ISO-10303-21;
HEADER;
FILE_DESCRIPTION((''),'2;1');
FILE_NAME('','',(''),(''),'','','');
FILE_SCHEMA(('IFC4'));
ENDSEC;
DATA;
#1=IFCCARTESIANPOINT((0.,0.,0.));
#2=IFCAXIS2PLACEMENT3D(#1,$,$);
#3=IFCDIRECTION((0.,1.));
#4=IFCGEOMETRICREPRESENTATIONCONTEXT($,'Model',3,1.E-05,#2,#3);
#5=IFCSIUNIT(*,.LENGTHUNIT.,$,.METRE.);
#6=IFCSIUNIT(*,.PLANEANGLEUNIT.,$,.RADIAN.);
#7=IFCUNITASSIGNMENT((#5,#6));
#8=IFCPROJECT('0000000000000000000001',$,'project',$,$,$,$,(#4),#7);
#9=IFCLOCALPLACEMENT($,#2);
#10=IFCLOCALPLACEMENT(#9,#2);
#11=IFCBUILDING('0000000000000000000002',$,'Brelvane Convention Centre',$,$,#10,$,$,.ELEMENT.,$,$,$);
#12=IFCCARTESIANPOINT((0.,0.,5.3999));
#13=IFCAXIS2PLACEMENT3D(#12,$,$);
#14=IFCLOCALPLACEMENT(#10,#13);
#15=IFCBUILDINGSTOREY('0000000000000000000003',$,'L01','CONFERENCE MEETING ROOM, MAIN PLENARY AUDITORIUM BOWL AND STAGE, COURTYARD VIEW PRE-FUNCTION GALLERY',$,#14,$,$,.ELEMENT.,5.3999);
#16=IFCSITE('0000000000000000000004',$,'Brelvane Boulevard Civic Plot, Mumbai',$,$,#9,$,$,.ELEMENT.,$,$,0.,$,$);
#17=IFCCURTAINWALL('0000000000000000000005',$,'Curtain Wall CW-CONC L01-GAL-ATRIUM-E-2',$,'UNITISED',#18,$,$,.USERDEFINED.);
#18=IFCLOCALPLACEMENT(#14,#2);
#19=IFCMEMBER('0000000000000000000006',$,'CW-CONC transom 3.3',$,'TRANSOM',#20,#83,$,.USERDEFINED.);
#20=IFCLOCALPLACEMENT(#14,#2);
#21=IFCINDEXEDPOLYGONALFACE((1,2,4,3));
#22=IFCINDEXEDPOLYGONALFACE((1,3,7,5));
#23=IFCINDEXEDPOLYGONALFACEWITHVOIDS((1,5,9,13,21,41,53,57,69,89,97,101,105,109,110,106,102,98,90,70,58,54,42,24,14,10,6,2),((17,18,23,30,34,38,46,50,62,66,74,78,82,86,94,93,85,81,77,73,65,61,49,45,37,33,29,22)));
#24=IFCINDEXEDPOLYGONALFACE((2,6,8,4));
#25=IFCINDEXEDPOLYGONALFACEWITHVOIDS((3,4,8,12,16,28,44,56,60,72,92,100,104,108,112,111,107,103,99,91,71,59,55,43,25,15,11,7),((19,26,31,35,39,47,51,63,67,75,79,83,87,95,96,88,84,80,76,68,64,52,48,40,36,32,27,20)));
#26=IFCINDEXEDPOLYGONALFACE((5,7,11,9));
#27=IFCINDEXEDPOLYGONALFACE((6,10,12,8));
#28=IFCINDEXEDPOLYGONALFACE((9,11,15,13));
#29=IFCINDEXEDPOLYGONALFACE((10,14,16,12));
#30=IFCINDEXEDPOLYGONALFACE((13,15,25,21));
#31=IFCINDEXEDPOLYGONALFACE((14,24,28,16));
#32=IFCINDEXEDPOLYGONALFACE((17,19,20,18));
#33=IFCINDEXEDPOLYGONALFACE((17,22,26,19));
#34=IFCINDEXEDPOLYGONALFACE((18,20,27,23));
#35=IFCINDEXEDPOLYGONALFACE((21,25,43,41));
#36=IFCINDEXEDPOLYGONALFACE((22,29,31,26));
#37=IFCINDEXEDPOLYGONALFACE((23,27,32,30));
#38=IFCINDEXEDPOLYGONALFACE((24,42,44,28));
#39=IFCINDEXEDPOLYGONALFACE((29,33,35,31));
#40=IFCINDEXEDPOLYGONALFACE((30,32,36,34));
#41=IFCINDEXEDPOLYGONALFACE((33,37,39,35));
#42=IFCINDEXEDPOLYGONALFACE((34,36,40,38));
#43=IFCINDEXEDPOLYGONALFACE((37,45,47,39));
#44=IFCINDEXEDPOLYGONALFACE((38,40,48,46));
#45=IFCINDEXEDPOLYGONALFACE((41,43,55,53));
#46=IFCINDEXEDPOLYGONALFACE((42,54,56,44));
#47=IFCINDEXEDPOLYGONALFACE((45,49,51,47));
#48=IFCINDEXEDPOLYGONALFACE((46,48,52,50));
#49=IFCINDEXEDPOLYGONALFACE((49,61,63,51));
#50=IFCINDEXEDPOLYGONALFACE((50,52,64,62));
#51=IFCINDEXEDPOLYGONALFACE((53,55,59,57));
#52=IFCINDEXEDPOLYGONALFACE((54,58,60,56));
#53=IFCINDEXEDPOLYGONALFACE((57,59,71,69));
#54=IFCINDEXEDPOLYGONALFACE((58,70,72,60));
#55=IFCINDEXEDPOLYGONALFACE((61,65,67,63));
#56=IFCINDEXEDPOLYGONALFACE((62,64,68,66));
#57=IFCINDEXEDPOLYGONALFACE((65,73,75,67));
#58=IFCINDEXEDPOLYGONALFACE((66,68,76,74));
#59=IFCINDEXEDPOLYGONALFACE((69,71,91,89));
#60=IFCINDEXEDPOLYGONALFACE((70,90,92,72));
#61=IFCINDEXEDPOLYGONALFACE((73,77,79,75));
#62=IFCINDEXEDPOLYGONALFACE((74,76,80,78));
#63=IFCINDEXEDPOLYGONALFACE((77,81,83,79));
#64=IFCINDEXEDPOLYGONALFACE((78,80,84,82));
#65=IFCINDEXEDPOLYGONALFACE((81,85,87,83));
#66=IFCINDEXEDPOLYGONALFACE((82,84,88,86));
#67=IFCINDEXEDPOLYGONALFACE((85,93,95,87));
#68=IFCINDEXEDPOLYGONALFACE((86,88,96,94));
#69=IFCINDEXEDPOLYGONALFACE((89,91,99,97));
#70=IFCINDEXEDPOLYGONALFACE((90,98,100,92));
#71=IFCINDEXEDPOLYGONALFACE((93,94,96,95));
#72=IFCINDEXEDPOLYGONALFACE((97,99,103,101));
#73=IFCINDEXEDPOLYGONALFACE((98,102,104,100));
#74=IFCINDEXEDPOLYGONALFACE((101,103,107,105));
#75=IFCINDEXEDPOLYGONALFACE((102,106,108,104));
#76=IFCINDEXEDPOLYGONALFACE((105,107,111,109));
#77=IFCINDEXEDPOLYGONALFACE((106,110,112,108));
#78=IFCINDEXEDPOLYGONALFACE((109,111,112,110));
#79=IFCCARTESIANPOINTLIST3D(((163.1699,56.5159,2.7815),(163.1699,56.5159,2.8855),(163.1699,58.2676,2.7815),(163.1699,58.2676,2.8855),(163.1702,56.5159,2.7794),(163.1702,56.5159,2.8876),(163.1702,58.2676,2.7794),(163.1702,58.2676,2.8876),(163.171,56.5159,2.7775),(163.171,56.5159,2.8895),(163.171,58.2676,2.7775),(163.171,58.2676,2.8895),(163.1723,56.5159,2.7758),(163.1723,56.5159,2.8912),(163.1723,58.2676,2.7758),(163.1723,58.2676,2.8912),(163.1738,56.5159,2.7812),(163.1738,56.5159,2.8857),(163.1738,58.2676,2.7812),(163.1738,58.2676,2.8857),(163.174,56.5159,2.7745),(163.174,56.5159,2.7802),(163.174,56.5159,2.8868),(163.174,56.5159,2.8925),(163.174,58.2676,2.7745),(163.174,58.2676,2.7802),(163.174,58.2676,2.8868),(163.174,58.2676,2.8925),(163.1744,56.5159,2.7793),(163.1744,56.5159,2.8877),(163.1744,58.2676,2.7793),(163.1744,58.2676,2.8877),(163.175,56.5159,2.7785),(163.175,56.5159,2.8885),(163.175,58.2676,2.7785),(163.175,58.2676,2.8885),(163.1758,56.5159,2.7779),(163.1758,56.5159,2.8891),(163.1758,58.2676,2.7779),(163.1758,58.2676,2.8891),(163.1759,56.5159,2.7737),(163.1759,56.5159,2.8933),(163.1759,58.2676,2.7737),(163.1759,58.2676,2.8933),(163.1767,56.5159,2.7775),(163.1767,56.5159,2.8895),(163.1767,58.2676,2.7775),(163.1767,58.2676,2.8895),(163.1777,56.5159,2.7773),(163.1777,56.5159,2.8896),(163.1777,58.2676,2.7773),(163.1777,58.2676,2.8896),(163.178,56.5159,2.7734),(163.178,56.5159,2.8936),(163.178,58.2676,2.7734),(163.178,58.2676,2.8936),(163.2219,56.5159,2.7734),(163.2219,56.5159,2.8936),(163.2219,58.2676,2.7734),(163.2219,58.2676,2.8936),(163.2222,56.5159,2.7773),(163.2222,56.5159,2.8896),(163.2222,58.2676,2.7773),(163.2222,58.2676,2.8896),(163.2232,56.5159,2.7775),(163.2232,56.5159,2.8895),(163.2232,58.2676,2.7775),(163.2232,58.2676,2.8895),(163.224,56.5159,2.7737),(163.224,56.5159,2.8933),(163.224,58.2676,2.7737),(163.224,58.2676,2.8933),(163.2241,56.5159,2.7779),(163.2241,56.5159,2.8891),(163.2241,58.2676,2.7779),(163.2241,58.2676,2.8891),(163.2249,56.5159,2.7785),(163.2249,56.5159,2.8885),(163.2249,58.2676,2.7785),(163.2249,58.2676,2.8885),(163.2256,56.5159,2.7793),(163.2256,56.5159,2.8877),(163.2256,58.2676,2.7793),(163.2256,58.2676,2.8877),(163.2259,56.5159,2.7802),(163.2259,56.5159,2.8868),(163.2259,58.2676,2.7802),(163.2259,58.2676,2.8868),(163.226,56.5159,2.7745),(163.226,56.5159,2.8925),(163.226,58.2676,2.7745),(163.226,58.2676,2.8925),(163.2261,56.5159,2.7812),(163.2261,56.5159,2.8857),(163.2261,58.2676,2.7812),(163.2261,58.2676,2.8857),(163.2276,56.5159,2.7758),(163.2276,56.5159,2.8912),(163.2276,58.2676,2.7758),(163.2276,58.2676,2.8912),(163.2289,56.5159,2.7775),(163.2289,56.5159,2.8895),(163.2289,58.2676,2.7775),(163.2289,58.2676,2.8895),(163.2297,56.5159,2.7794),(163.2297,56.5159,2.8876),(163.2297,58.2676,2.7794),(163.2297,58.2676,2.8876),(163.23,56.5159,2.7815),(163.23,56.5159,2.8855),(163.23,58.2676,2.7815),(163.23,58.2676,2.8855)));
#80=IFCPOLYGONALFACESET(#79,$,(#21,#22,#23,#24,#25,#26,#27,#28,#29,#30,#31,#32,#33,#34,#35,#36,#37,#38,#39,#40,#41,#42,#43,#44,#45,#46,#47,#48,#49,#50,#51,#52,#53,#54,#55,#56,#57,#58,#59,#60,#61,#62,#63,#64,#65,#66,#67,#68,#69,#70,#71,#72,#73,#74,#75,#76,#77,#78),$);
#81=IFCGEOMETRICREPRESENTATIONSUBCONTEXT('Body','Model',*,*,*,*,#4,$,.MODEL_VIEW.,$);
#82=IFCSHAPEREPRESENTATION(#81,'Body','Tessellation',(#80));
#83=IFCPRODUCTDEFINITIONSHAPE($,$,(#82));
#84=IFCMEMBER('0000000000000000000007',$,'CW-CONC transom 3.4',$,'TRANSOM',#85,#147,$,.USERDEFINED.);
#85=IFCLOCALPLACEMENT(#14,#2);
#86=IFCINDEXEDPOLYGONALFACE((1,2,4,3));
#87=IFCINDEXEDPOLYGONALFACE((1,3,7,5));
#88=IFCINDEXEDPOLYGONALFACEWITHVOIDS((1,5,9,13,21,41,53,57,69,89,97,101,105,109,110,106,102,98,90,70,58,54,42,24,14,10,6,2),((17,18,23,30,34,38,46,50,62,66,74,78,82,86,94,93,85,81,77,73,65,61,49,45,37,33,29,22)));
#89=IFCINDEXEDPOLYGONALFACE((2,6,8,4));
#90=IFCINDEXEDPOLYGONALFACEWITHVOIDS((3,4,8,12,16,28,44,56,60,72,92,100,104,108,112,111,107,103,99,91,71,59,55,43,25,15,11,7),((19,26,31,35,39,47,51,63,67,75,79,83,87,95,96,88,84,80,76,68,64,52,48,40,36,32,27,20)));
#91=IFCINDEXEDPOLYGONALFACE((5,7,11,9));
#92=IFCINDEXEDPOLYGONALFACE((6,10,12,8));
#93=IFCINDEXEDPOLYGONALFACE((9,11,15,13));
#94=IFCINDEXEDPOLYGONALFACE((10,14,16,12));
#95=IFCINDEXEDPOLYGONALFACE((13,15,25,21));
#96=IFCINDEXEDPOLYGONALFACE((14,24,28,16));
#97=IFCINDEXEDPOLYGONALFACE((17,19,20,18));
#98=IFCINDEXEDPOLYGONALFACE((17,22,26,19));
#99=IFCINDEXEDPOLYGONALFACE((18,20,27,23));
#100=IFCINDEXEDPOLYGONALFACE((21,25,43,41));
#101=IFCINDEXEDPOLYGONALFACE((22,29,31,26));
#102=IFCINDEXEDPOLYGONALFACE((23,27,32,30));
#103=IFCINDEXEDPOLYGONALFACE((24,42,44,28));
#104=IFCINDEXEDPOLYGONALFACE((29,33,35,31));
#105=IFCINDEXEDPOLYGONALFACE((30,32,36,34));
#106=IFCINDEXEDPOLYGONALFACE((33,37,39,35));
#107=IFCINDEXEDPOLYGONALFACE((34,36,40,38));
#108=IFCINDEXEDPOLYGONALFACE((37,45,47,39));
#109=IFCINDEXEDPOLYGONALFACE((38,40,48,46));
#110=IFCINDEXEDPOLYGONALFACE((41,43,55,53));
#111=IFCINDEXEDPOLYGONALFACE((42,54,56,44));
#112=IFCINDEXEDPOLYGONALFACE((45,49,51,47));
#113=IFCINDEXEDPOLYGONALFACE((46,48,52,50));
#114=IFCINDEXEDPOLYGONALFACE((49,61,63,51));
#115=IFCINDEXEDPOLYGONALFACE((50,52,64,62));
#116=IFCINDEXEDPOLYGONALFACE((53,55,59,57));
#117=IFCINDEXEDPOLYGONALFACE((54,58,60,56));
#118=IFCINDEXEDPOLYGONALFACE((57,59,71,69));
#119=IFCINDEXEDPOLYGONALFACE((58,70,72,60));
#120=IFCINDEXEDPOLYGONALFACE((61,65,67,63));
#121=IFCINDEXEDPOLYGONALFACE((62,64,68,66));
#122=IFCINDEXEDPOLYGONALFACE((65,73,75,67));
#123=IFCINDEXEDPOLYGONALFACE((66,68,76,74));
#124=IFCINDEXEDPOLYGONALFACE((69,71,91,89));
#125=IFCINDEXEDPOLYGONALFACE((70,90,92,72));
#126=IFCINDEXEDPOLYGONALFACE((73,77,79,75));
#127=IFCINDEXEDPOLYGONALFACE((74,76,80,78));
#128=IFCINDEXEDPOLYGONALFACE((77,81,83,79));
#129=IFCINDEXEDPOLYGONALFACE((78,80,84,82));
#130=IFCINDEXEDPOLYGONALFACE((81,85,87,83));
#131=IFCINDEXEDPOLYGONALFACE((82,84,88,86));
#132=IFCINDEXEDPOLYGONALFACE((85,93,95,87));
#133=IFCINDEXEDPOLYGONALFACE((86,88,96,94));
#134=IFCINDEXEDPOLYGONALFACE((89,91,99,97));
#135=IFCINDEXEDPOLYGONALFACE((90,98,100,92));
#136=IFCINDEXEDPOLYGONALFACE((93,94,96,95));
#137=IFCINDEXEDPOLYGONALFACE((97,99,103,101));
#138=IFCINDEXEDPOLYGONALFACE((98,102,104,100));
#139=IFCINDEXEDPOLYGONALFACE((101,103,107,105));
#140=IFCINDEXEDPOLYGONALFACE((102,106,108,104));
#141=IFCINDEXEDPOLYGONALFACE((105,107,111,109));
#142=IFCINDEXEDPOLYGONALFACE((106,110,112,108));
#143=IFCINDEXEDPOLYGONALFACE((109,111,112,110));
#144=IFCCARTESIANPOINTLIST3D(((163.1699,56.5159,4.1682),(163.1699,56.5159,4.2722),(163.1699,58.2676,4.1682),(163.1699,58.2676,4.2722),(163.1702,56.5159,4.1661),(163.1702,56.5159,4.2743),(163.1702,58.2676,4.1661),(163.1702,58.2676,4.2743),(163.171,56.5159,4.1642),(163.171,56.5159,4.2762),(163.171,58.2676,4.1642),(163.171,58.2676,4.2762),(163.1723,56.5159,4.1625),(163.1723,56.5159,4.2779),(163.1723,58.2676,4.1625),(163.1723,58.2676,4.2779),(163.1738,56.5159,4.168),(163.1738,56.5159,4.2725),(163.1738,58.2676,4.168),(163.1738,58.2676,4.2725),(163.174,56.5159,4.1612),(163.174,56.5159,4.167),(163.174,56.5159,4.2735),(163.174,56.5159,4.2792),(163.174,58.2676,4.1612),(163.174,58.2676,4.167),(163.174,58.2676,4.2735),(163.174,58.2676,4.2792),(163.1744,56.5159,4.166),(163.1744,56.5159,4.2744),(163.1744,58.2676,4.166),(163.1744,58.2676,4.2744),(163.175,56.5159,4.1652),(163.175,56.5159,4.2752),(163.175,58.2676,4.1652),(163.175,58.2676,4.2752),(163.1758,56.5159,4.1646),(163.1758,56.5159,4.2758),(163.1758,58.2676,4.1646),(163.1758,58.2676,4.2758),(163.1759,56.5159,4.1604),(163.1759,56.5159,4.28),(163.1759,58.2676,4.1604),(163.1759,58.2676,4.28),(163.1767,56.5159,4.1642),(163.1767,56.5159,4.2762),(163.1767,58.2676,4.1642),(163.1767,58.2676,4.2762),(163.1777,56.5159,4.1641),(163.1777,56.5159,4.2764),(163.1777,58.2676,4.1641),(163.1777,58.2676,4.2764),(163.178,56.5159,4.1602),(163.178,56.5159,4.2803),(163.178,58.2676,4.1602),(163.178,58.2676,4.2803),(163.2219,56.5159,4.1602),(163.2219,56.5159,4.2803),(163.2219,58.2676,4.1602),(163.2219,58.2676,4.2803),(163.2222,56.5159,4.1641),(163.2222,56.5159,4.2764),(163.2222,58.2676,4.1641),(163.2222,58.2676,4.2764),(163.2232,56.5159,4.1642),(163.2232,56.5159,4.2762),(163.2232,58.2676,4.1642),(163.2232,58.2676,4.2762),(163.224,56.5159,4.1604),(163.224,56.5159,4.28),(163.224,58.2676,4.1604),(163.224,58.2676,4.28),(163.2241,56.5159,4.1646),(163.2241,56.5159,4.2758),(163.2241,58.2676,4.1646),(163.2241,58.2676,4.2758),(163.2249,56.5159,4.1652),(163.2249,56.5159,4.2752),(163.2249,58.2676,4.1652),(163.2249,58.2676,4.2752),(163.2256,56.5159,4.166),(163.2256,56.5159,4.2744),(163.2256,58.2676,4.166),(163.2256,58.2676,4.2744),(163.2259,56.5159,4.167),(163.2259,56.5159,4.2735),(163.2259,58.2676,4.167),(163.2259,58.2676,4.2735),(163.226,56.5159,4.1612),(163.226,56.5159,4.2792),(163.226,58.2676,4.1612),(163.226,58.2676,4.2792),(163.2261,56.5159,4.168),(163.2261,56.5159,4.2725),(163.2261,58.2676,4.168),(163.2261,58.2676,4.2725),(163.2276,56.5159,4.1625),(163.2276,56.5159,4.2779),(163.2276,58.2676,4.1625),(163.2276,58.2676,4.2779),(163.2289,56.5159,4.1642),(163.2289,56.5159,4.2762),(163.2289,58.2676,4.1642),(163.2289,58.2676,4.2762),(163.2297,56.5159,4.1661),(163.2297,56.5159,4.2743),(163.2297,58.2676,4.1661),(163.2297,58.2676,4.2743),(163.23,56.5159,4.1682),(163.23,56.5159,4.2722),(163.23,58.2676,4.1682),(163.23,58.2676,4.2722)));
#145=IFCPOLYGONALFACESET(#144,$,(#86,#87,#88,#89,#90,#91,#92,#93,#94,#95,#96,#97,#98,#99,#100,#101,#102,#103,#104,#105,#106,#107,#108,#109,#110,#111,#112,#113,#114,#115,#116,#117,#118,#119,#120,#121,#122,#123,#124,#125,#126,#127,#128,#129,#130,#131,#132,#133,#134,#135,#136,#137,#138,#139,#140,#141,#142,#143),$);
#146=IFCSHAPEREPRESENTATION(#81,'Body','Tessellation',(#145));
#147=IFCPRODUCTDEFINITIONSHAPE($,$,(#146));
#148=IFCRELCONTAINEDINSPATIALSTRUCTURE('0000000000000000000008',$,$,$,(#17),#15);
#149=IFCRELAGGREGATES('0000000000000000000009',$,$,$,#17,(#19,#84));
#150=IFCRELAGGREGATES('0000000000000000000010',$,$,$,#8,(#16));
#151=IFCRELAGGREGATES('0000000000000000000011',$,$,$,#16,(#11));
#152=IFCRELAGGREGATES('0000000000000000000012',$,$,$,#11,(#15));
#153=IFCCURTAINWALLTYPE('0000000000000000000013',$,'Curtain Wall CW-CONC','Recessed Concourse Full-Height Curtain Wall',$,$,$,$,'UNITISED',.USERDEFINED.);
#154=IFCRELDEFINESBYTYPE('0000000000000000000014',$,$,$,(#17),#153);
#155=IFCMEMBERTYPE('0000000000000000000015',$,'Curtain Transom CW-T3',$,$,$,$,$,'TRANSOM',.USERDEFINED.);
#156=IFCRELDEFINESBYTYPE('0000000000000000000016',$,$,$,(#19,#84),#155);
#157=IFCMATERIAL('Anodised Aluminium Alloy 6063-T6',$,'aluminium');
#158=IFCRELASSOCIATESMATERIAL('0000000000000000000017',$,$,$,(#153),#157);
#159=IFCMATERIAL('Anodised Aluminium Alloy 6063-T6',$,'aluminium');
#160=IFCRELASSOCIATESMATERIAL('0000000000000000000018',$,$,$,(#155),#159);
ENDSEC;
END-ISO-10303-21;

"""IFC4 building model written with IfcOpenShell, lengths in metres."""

from ifc_helpers import new_model, si_unit, direction, frame, origin, origin_2d, place, context, subcontext, project, spatial, hollow_rectangle, extrude, material, material_profile, profile_set, type_object, element, aggregate, save


model = new_model("IFC4")

# Units and contexts
model_context = context("Model", 3, precision=1e-05, world=origin(), true_north=direction((0.0, 1.0)))
body_context = subcontext(model_context, "Body", "Model", "MODEL_VIEW")
ifc_project = project(units=[si_unit("LENGTHUNIT", "METRE"), si_unit("PLANEANGLEUNIT", "RADIAN")], contexts=[model_context])

# Site, building, storey
site_placement = place(None, origin())
site = spatial("IfcSite", under=ifc_project, at=site_placement, Name="Brelvane Boulevard Civic Plot, Mumbai", CompositionType="ELEMENT", RefElevation=0.0)
building_placement = place(site_placement, origin())
building = spatial("IfcBuilding", under=site, at=building_placement, Name="Brelvane Convention Centre", CompositionType="ELEMENT")
storey_placement = place(building_placement, frame((0.0, 0.0, 5.3999)))
storey = spatial("IfcBuildingStorey", under=building, at=storey_placement, Name="L01", Description="CONFERENCE MEETING ROOM, MAIN PLENARY AUDITORIUM BOWL AND STAGE, COURTYARD VIEW PRE-FUNCTION GALLERY", CompositionType="ELEMENT", Elevation=5.3999)

# Curtain wall, members
ifc_material_1 = material(Name="Anodised Aluminium Alloy 6063-T6", Category="aluminium")
curtain_wall_type = type_object("IfcCurtainWallType", Name="Curtain Wall CW-CONC", Description="Recessed Concourse Full-Height Curtain Wall", ElementType="UNITISED", PredefinedType="USERDEFINED", material=ifc_material_1)
curtain_wall_placement = place(storey_placement, origin())
curtain_wall = element("IfcCurtainWall", 1, at=curtain_wall_placement, inside=storey, type_object=curtain_wall_type, Name="Curtain Wall CW-CONC L01-GAL-ATRIUM-E-2", ObjectType="UNITISED", PredefinedType="USERDEFINED")
ifc_material_2 = material(Name="Anodised Aluminium Alloy 6063-T6", Category="aluminium")
ifc_material_profile_1 = material_profile(ifc_material_2, hollow_rectangle(XDim=0.0601, YDim=0.1201, WallThickness=0.0039, InnerFilletRadius=0.0039, OuterFilletRadius=0.0081, at=origin_2d()), Name="ALU-T 120x60x4.0")
ifc_profile_set_1 = profile_set([ifc_material_profile_1], Name="Anodised Aluminium Alloy 6063-T6")
member_type_1 = type_object("IfcMemberType", Name="Curtain Transom CW-T3", ElementType="TRANSOM", PredefinedType="USERDEFINED", material=ifc_profile_set_1)
member_1_placement = place(storey_placement, frame((163.2, 56.5159, 2.8335), z_axis=(0.0, 1.0, 0.0), x_axis=(-1.0, 0.0, 0.0)))
member_1 = element("IfcMember", 2, at=member_1_placement, type_object=member_type_1, Name="CW-CONC transom 3.3", ObjectType="TRANSOM", PredefinedType="USERDEFINED", context=body_context, shape_type="SweptSolid", body=[
    extrude(hollow_rectangle(XDim=0.0601, YDim=0.1201, WallThickness=0.0039, InnerFilletRadius=0.0039, OuterFilletRadius=0.0081, at=origin_2d()), origin(), (0.0, 0.0, 1.0), 1.7517),
])
member_2_placement = place(storey_placement, frame((163.2, 56.5159, 4.2202), z_axis=(0.0, 1.0, 0.0), x_axis=(-1.0, 0.0, 0.0)))
member_2 = element("IfcMember", 3, at=member_2_placement, type_object=member_type_1, Name="CW-CONC transom 3.4", ObjectType="TRANSOM", PredefinedType="USERDEFINED", context=body_context, shape_type="SweptSolid", body=[
    extrude(hollow_rectangle(XDim=0.0601, YDim=0.1201, WallThickness=0.0039, InnerFilletRadius=0.0039, OuterFilletRadius=0.0081, at=origin_2d()), origin(), (0.0, 0.0, 1.0), 1.7517),
])

aggregate(curtain_wall, [member_1, member_2])

save(model, "model.ifc")
